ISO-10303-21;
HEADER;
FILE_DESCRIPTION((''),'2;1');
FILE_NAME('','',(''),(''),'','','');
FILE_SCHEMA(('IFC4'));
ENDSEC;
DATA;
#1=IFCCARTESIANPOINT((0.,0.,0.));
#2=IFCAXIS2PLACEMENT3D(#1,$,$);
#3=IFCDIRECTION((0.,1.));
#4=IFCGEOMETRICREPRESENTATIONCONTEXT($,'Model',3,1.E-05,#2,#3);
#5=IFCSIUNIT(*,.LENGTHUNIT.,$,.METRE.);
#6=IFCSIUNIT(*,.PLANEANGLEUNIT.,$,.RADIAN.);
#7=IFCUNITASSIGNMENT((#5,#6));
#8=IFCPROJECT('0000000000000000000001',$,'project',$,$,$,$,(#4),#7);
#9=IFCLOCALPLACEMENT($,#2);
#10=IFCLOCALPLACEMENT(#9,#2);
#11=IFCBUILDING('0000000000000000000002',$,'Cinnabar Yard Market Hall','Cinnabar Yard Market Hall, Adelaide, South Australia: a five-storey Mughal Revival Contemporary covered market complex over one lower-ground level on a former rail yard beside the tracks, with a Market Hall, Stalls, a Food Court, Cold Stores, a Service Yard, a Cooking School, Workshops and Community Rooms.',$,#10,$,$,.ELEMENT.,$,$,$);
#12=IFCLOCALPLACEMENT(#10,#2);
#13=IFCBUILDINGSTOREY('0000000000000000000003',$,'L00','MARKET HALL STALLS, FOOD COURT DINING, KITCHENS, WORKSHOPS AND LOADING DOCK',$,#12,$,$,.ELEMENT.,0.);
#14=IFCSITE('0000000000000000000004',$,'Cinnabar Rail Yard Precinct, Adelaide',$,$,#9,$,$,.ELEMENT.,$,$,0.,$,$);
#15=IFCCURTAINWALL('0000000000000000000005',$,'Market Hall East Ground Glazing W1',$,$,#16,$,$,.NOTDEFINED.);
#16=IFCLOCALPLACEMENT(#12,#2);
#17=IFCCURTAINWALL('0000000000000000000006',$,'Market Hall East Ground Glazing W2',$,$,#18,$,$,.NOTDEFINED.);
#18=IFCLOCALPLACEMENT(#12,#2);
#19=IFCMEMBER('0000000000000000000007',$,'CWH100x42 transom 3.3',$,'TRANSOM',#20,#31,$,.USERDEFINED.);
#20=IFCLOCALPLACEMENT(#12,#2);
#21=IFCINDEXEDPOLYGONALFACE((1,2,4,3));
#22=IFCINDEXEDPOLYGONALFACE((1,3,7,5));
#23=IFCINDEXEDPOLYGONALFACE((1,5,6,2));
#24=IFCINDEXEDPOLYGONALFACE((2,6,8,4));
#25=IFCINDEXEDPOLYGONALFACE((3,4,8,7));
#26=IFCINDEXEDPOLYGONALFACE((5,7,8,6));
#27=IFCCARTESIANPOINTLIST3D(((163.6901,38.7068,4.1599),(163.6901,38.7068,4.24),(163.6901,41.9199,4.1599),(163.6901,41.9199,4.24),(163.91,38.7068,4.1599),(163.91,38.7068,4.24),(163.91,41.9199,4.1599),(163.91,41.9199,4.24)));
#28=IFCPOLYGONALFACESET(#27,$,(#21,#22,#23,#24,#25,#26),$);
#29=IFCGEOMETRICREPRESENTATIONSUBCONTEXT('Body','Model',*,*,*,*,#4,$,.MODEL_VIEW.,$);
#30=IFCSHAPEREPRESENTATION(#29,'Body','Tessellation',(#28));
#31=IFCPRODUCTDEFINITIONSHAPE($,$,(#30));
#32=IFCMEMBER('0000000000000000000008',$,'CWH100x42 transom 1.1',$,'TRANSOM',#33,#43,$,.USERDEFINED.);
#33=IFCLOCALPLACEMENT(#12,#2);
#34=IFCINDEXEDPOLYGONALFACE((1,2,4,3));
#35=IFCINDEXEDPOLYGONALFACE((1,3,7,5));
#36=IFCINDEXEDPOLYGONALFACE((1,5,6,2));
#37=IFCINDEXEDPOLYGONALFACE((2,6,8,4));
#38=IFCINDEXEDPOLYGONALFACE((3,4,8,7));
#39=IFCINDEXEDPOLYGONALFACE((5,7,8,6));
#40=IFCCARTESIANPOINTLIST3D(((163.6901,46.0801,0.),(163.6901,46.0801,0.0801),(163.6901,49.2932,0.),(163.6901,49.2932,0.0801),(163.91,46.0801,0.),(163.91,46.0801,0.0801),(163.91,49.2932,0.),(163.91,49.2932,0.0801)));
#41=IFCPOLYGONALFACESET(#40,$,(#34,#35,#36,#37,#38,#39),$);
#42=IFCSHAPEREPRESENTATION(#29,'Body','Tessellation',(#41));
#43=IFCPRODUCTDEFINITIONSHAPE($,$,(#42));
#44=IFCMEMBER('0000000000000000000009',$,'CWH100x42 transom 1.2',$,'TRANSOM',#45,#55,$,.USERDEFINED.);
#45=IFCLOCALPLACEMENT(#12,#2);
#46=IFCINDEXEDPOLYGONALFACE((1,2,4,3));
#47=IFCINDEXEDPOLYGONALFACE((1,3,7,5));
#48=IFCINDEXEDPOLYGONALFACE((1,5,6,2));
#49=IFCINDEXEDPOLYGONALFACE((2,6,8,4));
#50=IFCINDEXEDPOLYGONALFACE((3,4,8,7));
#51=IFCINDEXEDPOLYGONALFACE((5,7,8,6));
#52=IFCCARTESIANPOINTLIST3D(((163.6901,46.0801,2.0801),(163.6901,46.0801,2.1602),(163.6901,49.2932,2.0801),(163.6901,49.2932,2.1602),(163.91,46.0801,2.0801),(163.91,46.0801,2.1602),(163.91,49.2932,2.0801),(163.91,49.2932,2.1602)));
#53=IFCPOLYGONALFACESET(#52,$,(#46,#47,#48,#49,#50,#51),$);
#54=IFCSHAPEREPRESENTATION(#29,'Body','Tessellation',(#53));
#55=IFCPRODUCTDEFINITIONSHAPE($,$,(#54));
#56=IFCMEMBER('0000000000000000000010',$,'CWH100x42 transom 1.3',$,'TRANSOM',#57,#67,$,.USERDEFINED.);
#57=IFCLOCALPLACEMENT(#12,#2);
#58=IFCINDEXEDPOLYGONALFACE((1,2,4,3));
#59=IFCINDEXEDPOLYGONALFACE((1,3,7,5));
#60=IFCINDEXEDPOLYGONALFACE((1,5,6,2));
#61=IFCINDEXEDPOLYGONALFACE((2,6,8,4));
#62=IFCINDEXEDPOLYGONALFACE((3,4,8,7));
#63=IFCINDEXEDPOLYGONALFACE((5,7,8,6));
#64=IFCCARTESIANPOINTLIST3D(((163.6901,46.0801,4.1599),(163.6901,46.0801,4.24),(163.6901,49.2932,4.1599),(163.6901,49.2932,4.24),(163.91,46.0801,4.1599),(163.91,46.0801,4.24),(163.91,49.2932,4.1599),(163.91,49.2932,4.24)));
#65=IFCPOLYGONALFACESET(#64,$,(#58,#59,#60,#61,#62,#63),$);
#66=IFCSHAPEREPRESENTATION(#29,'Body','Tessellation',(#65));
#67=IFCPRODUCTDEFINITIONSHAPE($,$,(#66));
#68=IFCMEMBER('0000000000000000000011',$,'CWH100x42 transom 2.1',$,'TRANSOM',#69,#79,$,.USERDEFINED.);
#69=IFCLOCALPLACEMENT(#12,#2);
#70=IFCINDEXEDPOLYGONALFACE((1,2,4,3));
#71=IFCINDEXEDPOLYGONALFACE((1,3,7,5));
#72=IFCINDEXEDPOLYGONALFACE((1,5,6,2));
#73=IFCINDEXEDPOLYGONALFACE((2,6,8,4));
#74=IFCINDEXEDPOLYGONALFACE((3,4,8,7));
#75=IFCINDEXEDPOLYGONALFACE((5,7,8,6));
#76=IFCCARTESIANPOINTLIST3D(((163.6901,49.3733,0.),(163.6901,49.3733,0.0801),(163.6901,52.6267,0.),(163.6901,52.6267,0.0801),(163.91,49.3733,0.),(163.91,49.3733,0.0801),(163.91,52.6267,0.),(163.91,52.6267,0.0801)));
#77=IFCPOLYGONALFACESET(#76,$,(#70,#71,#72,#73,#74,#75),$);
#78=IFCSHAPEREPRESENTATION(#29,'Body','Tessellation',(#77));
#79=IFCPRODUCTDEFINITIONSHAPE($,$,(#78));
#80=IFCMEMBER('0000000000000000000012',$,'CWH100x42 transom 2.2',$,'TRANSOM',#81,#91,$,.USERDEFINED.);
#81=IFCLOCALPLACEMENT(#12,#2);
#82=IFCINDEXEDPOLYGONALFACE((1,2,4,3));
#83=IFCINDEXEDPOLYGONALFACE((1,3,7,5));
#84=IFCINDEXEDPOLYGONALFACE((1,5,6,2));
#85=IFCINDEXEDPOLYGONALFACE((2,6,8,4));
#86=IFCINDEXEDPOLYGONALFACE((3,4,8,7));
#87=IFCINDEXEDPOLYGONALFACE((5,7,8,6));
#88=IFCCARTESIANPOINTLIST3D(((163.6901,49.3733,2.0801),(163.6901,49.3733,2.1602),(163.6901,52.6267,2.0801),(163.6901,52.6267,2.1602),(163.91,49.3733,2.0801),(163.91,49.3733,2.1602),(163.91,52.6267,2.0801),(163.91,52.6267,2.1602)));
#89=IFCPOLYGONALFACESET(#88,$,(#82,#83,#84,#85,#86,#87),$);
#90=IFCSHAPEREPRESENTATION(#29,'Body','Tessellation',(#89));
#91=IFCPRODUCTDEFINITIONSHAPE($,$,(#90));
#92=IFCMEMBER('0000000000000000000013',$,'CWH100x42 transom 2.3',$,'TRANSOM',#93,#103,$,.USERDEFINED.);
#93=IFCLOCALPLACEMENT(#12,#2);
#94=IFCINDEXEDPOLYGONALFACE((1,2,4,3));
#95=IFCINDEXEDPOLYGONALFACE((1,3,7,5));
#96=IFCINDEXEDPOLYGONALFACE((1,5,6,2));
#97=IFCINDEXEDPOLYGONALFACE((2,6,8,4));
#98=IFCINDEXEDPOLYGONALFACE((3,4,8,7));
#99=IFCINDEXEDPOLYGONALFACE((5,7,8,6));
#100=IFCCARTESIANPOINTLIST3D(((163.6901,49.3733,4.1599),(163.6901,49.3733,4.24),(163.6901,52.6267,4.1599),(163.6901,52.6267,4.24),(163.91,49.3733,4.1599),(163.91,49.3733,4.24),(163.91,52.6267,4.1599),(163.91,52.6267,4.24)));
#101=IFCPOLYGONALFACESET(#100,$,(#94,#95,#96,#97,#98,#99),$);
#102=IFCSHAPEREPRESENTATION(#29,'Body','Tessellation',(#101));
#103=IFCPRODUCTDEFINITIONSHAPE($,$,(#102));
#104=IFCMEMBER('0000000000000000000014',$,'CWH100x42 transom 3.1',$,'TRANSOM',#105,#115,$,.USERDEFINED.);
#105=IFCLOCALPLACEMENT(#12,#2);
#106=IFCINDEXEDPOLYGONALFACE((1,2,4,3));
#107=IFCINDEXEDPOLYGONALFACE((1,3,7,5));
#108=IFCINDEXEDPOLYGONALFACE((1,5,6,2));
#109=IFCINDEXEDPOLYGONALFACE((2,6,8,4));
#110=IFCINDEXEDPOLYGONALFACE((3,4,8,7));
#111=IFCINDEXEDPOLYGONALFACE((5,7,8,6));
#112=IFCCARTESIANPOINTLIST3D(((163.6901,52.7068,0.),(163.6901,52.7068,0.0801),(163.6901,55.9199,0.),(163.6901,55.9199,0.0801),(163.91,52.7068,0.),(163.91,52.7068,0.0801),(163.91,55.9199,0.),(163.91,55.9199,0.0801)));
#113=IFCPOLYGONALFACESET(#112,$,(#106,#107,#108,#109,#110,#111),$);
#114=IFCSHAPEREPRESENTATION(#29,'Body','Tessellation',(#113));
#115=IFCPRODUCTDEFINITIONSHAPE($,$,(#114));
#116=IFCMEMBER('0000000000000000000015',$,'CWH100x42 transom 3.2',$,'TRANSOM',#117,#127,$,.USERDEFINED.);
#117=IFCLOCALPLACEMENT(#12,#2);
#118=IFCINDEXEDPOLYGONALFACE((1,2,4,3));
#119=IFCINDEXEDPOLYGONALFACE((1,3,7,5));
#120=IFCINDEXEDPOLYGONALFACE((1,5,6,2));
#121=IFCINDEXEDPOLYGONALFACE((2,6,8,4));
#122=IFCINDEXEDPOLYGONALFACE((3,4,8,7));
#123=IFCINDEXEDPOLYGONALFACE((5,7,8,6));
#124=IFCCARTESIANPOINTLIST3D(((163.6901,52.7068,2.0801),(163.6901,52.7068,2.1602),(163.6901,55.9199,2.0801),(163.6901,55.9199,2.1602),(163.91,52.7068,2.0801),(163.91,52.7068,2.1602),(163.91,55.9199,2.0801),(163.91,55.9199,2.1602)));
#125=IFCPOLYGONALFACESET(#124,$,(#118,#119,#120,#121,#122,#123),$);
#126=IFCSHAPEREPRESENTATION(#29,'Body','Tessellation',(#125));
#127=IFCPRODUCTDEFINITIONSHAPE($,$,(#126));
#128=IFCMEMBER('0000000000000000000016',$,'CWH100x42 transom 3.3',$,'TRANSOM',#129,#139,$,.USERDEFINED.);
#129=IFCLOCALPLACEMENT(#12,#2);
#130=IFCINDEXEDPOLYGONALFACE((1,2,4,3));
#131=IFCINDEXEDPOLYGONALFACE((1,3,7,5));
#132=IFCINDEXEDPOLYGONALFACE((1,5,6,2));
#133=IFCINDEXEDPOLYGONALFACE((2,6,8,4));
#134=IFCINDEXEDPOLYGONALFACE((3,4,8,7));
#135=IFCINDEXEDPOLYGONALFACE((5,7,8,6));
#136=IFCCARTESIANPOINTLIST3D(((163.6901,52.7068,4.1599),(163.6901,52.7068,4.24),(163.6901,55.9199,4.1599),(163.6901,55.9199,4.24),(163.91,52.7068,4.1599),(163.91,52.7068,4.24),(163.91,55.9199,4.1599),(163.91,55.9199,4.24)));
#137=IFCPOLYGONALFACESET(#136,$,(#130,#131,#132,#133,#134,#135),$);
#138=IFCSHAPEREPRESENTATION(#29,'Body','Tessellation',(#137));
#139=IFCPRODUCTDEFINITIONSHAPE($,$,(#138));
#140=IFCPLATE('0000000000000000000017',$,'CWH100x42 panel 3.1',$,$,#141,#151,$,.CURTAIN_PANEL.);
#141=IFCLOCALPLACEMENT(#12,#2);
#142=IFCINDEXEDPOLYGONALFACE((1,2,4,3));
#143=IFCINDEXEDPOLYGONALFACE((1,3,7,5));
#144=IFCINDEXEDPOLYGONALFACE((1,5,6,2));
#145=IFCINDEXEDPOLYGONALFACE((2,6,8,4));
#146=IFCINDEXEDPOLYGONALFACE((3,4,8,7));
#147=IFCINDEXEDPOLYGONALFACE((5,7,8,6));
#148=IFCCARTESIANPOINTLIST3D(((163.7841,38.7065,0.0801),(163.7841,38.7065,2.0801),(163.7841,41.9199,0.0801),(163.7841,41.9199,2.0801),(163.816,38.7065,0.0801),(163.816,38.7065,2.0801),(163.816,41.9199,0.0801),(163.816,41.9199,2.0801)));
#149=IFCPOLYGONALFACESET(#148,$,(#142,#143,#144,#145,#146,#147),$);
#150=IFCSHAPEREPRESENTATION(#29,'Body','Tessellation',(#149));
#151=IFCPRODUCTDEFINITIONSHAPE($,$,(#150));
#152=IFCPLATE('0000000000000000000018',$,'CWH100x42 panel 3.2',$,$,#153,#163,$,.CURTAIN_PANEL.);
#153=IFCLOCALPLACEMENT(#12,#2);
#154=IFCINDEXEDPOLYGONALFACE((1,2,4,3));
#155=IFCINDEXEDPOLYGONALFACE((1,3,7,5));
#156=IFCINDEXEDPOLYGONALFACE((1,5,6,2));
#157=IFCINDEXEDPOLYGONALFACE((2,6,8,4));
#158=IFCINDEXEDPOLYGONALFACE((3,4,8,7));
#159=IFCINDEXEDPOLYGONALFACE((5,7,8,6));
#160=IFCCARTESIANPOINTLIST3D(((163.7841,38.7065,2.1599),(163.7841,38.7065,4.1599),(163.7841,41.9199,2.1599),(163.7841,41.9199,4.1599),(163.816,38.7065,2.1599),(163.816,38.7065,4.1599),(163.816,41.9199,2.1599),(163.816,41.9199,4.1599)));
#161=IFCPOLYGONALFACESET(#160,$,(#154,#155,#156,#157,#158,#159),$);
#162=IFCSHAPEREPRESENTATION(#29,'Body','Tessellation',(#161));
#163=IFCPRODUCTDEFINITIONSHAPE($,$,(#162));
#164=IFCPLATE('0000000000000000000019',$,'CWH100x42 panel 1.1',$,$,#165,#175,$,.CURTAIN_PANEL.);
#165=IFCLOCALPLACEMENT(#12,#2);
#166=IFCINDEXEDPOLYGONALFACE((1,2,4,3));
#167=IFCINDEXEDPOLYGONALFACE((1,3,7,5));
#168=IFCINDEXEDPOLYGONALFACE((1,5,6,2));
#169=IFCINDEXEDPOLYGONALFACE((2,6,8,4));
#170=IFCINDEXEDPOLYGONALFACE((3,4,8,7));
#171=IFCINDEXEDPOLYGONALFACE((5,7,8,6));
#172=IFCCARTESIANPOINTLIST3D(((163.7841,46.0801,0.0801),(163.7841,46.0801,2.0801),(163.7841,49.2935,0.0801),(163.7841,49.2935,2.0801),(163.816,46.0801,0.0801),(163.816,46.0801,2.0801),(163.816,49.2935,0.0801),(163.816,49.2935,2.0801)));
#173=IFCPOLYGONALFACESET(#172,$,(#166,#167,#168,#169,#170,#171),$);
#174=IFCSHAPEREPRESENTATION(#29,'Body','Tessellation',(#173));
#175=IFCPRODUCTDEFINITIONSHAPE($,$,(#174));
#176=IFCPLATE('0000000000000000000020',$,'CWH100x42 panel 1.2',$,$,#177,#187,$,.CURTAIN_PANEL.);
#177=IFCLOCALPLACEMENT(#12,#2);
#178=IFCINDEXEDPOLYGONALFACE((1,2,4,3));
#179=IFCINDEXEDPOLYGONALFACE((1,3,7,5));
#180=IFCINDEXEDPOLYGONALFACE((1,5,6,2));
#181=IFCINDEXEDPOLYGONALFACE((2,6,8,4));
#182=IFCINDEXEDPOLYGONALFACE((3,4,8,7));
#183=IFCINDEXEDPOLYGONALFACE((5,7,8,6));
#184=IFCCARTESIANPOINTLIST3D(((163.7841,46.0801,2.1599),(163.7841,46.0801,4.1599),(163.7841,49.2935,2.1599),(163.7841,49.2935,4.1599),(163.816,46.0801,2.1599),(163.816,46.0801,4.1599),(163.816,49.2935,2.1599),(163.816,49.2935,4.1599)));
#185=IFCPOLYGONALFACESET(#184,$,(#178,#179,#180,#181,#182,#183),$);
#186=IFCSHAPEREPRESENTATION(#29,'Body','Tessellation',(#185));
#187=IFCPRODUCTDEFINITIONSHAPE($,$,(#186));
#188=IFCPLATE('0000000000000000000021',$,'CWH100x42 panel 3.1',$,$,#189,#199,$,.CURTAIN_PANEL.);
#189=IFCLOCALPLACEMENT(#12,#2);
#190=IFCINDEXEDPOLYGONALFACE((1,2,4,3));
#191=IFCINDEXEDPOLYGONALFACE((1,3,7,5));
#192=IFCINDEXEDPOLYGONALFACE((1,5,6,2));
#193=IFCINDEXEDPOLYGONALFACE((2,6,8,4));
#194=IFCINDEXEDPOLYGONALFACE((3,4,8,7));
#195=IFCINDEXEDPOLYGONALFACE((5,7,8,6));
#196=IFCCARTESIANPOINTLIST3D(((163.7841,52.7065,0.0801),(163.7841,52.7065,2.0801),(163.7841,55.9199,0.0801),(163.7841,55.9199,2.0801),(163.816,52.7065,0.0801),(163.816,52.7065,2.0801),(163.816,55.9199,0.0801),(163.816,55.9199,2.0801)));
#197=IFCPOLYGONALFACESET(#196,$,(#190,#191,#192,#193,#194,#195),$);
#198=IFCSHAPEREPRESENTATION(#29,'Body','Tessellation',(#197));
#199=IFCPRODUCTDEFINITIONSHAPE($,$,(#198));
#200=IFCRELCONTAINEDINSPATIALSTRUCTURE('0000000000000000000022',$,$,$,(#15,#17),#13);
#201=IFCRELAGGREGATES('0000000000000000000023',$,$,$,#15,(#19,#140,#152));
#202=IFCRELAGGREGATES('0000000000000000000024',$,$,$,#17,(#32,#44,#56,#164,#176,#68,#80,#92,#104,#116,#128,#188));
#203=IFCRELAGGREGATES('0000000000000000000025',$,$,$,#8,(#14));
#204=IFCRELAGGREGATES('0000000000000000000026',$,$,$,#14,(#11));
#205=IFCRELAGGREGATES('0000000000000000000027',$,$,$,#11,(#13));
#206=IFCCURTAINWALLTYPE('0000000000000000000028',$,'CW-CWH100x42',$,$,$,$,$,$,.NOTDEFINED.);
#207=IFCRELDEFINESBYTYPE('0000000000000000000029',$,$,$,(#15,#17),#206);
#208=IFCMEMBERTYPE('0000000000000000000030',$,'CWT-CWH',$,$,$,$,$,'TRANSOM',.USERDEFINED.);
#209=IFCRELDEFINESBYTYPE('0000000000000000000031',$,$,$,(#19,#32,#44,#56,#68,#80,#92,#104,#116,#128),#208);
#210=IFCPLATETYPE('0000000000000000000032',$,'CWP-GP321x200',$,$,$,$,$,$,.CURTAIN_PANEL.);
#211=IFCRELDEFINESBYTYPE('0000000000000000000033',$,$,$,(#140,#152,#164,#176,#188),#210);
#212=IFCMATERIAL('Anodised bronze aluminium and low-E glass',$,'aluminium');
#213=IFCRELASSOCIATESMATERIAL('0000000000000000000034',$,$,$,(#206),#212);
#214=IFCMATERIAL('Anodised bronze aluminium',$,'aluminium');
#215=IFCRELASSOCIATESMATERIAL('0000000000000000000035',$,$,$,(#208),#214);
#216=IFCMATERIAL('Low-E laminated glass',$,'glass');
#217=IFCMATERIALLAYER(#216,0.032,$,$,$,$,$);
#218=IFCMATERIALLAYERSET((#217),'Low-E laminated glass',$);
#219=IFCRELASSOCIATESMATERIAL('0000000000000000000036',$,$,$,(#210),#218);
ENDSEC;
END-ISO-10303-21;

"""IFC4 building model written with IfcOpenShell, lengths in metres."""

from ifc_helpers import new_model, si_unit, direction, frame, origin, origin_2d_with_axis, place, context, subcontext, project, spatial, rectangle, extrude, material, layer, layer_set, material_profile, profile_set, type_object, element, aggregate, save


model = new_model("IFC4")

# Units and contexts
model_context = context("Model", 3, precision=1e-05, world=origin(), true_north=direction((0.0, 1.0)))
body_context = subcontext(model_context, "Body", "Model", "MODEL_VIEW")
ifc_project = project(units=[si_unit("LENGTHUNIT", "METRE"), si_unit("PLANEANGLEUNIT", "RADIAN")], contexts=[model_context])

# Site, building, storey
site_placement = place(None, origin())
site = spatial("IfcSite", under=ifc_project, at=site_placement, Name="Cinnabar Rail Yard Precinct, Adelaide", CompositionType="ELEMENT", RefElevation=0.0)
building_placement = place(site_placement, origin())
building = spatial("IfcBuilding", under=site, at=building_placement, Name="Cinnabar Yard Market Hall", Description="Cinnabar Yard Market Hall, Adelaide, South Australia: a five-storey Mughal Revival Contemporary covered market complex over one lower-ground level on a former rail yard beside the tracks, with a Market Hall, Stalls, a Food Court, Cold Stores, a Service Yard, a Cooking School, Workshops and Community Rooms.", CompositionType="ELEMENT")
storey_placement = place(building_placement, origin())
storey = spatial("IfcBuildingStorey", under=building, at=storey_placement, Name="L00", Description="MARKET HALL STALLS, FOOD COURT DINING, KITCHENS, WORKSHOPS AND LOADING DOCK", CompositionType="ELEMENT", Elevation=0.0)

# Curtain wall
ifc_material_1 = material(Name="Anodised bronze aluminium and low-E glass", Category="aluminium")
curtain_wall_type = type_object("IfcCurtainWallType", Name="CW-CWH100x42", PredefinedType="NOTDEFINED", material=ifc_material_1)
curtain_wall_1_placement = place(storey_placement, origin())
curtain_wall_1 = element("IfcCurtainWall", 1, at=curtain_wall_1_placement, inside=storey, type_object=curtain_wall_type, Name="Market Hall East Ground Glazing W1", PredefinedType="NOTDEFINED")
ifc_material_2 = material(Name="Anodised bronze aluminium", Category="aluminium")

# Curtain wall
curtain_wall_2_placement = place(storey_placement, origin())
curtain_wall_2 = element("IfcCurtainWall", 2, at=curtain_wall_2_placement, inside=storey, type_object=curtain_wall_type, Name="Market Hall East Ground Glazing W2", PredefinedType="NOTDEFINED")

# Members
ifc_material_profile_1 = material_profile(ifc_material_2, rectangle(XDim=0.22, YDim=0.0801, at=origin_2d_with_axis()), Name="TRN-CWH")
ifc_profile_set_1 = profile_set([ifc_material_profile_1], Name="Anodised bronze aluminium")
member_type_1 = type_object("IfcMemberType", Name="CWT-CWH", ElementType="TRANSOM", PredefinedType="USERDEFINED", material=ifc_profile_set_1)
member_1_placement = place(storey_placement, frame((163.8, 38.7068, 4.2), z_axis=(0.0, 1.0, 0.0), x_axis=(-1.0, 0.0, 0.0)))
member_1 = element("IfcMember", 3, at=member_1_placement, type_object=member_type_1, Name="CWH100x42 transom 3.3", ObjectType="TRANSOM", PredefinedType="USERDEFINED", context=body_context, shape_type="SweptSolid", body=[
    extrude(rectangle(XDim=0.22, YDim=0.0801, at=origin_2d_with_axis()), origin(), (0.0, 0.0, 1.0), 3.2131),
])
member_2_placement = place(storey_placement, frame((163.8, 46.0801, 0.04), z_axis=(0.0, 1.0, 0.0), x_axis=(-1.0, 0.0, 0.0)))
member_2 = element("IfcMember", 4, at=member_2_placement, type_object=member_type_1, Name="CWH100x42 transom 1.1", ObjectType="TRANSOM", PredefinedType="USERDEFINED", context=body_context, shape_type="SweptSolid", body=[
    extrude(rectangle(XDim=0.22, YDim=0.0801, at=origin_2d_with_axis()), origin(), (0.0, 0.0, 1.0), 3.2131),
])
member_3_placement = place(storey_placement, frame((163.8, 46.0801, 2.1201), z_axis=(0.0, 1.0, 0.0), x_axis=(-1.0, 0.0, 0.0)))
member_3 = element("IfcMember", 5, at=member_3_placement, type_object=member_type_1, Name="CWH100x42 transom 1.2", ObjectType="TRANSOM", PredefinedType="USERDEFINED", context=body_context, shape_type="SweptSolid", body=[
    extrude(rectangle(XDim=0.22, YDim=0.0801, at=origin_2d_with_axis()), origin(), (0.0, 0.0, 1.0), 3.2131),
])
member_4_placement = place(storey_placement, frame((163.8, 46.0801, 4.2), z_axis=(0.0, 1.0, 0.0), x_axis=(-1.0, 0.0, 0.0)))
member_4 = element("IfcMember", 6, at=member_4_placement, type_object=member_type_1, Name="CWH100x42 transom 1.3", ObjectType="TRANSOM", PredefinedType="USERDEFINED", context=body_context, shape_type="SweptSolid", body=[
    extrude(rectangle(XDim=0.22, YDim=0.0801, at=origin_2d_with_axis()), origin(), (0.0, 0.0, 1.0), 3.2131),
])
member_5_placement = place(storey_placement, frame((163.8, 49.3733, 0.04), z_axis=(0.0, 1.0, 0.0), x_axis=(-1.0, 0.0, 0.0)))
member_5 = element("IfcMember", 7, at=member_5_placement, type_object=member_type_1, Name="CWH100x42 transom 2.1", ObjectType="TRANSOM", PredefinedType="USERDEFINED", context=body_context, shape_type="SweptSolid", body=[
    extrude(rectangle(XDim=0.22, YDim=0.0801, at=origin_2d_with_axis()), origin(), (0.0, 0.0, 1.0), 3.2534),
])
member_6_placement = place(storey_placement, frame((163.8, 49.3733, 2.1201), z_axis=(0.0, 1.0, 0.0), x_axis=(-1.0, 0.0, 0.0)))
member_6 = element("IfcMember", 8, at=member_6_placement, type_object=member_type_1, Name="CWH100x42 transom 2.2", ObjectType="TRANSOM", PredefinedType="USERDEFINED", context=body_context, shape_type="SweptSolid", body=[
    extrude(rectangle(XDim=0.22, YDim=0.0801, at=origin_2d_with_axis()), origin(), (0.0, 0.0, 1.0), 3.2534),
])
member_7_placement = place(storey_placement, frame((163.8, 49.3733, 4.2), z_axis=(0.0, 1.0, 0.0), x_axis=(-1.0, 0.0, 0.0)))
member_7 = element("IfcMember", 9, at=member_7_placement, type_object=member_type_1, Name="CWH100x42 transom 2.3", ObjectType="TRANSOM", PredefinedType="USERDEFINED", context=body_context, shape_type="SweptSolid", body=[
    extrude(rectangle(XDim=0.22, YDim=0.0801, at=origin_2d_with_axis()), origin(), (0.0, 0.0, 1.0), 3.2534),
])
member_8_placement = place(storey_placement, frame((163.8, 52.7068, 0.04), z_axis=(0.0, 1.0, 0.0), x_axis=(-1.0, 0.0, 0.0)))
member_8 = element("IfcMember", 10, at=member_8_placement, type_object=member_type_1, Name="CWH100x42 transom 3.1", ObjectType="TRANSOM", PredefinedType="USERDEFINED", context=body_context, shape_type="SweptSolid", body=[
    extrude(rectangle(XDim=0.22, YDim=0.0801, at=origin_2d_with_axis()), origin(), (0.0, 0.0, 1.0), 3.2131),
])
member_9_placement = place(storey_placement, frame((163.8, 52.7068, 2.1201), z_axis=(0.0, 1.0, 0.0), x_axis=(-1.0, 0.0, 0.0)))
member_9 = element("IfcMember", 11, at=member_9_placement, type_object=member_type_1, Name="CWH100x42 transom 3.2", ObjectType="TRANSOM", PredefinedType="USERDEFINED", context=body_context, shape_type="SweptSolid", body=[
    extrude(rectangle(XDim=0.22, YDim=0.0801, at=origin_2d_with_axis()), origin(), (0.0, 0.0, 1.0), 3.2131),
])
member_10_placement = place(storey_placement, frame((163.8, 52.7068, 4.2), z_axis=(0.0, 1.0, 0.0), x_axis=(-1.0, 0.0, 0.0)))
member_10 = element("IfcMember", 12, at=member_10_placement, type_object=member_type_1, Name="CWH100x42 transom 3.3", ObjectType="TRANSOM", PredefinedType="USERDEFINED", context=body_context, shape_type="SweptSolid", body=[
    extrude(rectangle(XDim=0.22, YDim=0.0801, at=origin_2d_with_axis()), origin(), (0.0, 0.0, 1.0), 3.2131),
])

# Plates
ifc_material_3 = material(Name="Low-E laminated glass", Category="glass")
ifc_layer_1 = layer(ifc_material_3, 0.032)
ifc_layer_set_1 = layer_set([ifc_layer_1], Name="Low-E laminated glass")
plate_type_1 = type_object("IfcPlateType", Name="CWP-GP321x200", PredefinedType="CURTAIN_PANEL", material=ifc_layer_set_1)
plate_1_placement = place(storey_placement, frame((163.8, 40.3132, 0.0801), z_axis=(0.0, 0.0, 1.0), x_axis=(0.0, 1.0, 0.0)))
plate_1 = element("IfcPlate", 13, at=plate_1_placement, type_object=plate_type_1, Name="CWH100x42 panel 3.1", PredefinedType="CURTAIN_PANEL", context=body_context, shape_type="SweptSolid", body=[
    extrude(rectangle(XDim=3.2134, YDim=0.032, at=origin_2d_with_axis()), origin(), (0.0, 0.0, 1.0), 2.0),
])
plate_2_placement = place(storey_placement, frame((163.8, 40.3132, 2.1599), z_axis=(0.0, 0.0, 1.0), x_axis=(0.0, 1.0, 0.0)))
plate_2 = element("IfcPlate", 14, at=plate_2_placement, type_object=plate_type_1, Name="CWH100x42 panel 3.2", PredefinedType="CURTAIN_PANEL", context=body_context, shape_type="SweptSolid", body=[
    extrude(rectangle(XDim=3.2134, YDim=0.032, at=origin_2d_with_axis()), origin(), (0.0, 0.0, 1.0), 2.0),
])
aggregate(curtain_wall_1, [member_1, plate_1, plate_2])
plate_3_placement = place(storey_placement, frame((163.8, 47.6868, 0.0801), z_axis=(0.0, 0.0, 1.0), x_axis=(0.0, 1.0, 0.0)))
plate_3 = element("IfcPlate", 15, at=plate_3_placement, type_object=plate_type_1, Name="CWH100x42 panel 1.1", PredefinedType="CURTAIN_PANEL", context=body_context, shape_type="SweptSolid", body=[
    extrude(rectangle(XDim=3.2134, YDim=0.032, at=origin_2d_with_axis()), origin(), (0.0, 0.0, 1.0), 2.0),
])
plate_4_placement = place(storey_placement, frame((163.8, 47.6868, 2.1599), z_axis=(0.0, 0.0, 1.0), x_axis=(0.0, 1.0, 0.0)))
plate_4 = element("IfcPlate", 16, at=plate_4_placement, type_object=plate_type_1, Name="CWH100x42 panel 1.2", PredefinedType="CURTAIN_PANEL", context=body_context, shape_type="SweptSolid", body=[
    extrude(rectangle(XDim=3.2134, YDim=0.032, at=origin_2d_with_axis()), origin(), (0.0, 0.0, 1.0), 2.0),
])
plate_5_placement = place(storey_placement, frame((163.8, 54.3132, 0.0801), z_axis=(0.0, 0.0, 1.0), x_axis=(0.0, 1.0, 0.0)))
plate_5 = element("IfcPlate", 17, at=plate_5_placement, type_object=plate_type_1, Name="CWH100x42 panel 3.1", PredefinedType="CURTAIN_PANEL", context=body_context, shape_type="SweptSolid", body=[
    extrude(rectangle(XDim=3.2134, YDim=0.032, at=origin_2d_with_axis()), origin(), (0.0, 0.0, 1.0), 2.0),
])
aggregate(curtain_wall_2, [member_2, member_3, member_4, plate_3, plate_4, member_5, member_6, member_7, member_8, member_9, member_10, plate_5])

save(model, "model.ifc")
